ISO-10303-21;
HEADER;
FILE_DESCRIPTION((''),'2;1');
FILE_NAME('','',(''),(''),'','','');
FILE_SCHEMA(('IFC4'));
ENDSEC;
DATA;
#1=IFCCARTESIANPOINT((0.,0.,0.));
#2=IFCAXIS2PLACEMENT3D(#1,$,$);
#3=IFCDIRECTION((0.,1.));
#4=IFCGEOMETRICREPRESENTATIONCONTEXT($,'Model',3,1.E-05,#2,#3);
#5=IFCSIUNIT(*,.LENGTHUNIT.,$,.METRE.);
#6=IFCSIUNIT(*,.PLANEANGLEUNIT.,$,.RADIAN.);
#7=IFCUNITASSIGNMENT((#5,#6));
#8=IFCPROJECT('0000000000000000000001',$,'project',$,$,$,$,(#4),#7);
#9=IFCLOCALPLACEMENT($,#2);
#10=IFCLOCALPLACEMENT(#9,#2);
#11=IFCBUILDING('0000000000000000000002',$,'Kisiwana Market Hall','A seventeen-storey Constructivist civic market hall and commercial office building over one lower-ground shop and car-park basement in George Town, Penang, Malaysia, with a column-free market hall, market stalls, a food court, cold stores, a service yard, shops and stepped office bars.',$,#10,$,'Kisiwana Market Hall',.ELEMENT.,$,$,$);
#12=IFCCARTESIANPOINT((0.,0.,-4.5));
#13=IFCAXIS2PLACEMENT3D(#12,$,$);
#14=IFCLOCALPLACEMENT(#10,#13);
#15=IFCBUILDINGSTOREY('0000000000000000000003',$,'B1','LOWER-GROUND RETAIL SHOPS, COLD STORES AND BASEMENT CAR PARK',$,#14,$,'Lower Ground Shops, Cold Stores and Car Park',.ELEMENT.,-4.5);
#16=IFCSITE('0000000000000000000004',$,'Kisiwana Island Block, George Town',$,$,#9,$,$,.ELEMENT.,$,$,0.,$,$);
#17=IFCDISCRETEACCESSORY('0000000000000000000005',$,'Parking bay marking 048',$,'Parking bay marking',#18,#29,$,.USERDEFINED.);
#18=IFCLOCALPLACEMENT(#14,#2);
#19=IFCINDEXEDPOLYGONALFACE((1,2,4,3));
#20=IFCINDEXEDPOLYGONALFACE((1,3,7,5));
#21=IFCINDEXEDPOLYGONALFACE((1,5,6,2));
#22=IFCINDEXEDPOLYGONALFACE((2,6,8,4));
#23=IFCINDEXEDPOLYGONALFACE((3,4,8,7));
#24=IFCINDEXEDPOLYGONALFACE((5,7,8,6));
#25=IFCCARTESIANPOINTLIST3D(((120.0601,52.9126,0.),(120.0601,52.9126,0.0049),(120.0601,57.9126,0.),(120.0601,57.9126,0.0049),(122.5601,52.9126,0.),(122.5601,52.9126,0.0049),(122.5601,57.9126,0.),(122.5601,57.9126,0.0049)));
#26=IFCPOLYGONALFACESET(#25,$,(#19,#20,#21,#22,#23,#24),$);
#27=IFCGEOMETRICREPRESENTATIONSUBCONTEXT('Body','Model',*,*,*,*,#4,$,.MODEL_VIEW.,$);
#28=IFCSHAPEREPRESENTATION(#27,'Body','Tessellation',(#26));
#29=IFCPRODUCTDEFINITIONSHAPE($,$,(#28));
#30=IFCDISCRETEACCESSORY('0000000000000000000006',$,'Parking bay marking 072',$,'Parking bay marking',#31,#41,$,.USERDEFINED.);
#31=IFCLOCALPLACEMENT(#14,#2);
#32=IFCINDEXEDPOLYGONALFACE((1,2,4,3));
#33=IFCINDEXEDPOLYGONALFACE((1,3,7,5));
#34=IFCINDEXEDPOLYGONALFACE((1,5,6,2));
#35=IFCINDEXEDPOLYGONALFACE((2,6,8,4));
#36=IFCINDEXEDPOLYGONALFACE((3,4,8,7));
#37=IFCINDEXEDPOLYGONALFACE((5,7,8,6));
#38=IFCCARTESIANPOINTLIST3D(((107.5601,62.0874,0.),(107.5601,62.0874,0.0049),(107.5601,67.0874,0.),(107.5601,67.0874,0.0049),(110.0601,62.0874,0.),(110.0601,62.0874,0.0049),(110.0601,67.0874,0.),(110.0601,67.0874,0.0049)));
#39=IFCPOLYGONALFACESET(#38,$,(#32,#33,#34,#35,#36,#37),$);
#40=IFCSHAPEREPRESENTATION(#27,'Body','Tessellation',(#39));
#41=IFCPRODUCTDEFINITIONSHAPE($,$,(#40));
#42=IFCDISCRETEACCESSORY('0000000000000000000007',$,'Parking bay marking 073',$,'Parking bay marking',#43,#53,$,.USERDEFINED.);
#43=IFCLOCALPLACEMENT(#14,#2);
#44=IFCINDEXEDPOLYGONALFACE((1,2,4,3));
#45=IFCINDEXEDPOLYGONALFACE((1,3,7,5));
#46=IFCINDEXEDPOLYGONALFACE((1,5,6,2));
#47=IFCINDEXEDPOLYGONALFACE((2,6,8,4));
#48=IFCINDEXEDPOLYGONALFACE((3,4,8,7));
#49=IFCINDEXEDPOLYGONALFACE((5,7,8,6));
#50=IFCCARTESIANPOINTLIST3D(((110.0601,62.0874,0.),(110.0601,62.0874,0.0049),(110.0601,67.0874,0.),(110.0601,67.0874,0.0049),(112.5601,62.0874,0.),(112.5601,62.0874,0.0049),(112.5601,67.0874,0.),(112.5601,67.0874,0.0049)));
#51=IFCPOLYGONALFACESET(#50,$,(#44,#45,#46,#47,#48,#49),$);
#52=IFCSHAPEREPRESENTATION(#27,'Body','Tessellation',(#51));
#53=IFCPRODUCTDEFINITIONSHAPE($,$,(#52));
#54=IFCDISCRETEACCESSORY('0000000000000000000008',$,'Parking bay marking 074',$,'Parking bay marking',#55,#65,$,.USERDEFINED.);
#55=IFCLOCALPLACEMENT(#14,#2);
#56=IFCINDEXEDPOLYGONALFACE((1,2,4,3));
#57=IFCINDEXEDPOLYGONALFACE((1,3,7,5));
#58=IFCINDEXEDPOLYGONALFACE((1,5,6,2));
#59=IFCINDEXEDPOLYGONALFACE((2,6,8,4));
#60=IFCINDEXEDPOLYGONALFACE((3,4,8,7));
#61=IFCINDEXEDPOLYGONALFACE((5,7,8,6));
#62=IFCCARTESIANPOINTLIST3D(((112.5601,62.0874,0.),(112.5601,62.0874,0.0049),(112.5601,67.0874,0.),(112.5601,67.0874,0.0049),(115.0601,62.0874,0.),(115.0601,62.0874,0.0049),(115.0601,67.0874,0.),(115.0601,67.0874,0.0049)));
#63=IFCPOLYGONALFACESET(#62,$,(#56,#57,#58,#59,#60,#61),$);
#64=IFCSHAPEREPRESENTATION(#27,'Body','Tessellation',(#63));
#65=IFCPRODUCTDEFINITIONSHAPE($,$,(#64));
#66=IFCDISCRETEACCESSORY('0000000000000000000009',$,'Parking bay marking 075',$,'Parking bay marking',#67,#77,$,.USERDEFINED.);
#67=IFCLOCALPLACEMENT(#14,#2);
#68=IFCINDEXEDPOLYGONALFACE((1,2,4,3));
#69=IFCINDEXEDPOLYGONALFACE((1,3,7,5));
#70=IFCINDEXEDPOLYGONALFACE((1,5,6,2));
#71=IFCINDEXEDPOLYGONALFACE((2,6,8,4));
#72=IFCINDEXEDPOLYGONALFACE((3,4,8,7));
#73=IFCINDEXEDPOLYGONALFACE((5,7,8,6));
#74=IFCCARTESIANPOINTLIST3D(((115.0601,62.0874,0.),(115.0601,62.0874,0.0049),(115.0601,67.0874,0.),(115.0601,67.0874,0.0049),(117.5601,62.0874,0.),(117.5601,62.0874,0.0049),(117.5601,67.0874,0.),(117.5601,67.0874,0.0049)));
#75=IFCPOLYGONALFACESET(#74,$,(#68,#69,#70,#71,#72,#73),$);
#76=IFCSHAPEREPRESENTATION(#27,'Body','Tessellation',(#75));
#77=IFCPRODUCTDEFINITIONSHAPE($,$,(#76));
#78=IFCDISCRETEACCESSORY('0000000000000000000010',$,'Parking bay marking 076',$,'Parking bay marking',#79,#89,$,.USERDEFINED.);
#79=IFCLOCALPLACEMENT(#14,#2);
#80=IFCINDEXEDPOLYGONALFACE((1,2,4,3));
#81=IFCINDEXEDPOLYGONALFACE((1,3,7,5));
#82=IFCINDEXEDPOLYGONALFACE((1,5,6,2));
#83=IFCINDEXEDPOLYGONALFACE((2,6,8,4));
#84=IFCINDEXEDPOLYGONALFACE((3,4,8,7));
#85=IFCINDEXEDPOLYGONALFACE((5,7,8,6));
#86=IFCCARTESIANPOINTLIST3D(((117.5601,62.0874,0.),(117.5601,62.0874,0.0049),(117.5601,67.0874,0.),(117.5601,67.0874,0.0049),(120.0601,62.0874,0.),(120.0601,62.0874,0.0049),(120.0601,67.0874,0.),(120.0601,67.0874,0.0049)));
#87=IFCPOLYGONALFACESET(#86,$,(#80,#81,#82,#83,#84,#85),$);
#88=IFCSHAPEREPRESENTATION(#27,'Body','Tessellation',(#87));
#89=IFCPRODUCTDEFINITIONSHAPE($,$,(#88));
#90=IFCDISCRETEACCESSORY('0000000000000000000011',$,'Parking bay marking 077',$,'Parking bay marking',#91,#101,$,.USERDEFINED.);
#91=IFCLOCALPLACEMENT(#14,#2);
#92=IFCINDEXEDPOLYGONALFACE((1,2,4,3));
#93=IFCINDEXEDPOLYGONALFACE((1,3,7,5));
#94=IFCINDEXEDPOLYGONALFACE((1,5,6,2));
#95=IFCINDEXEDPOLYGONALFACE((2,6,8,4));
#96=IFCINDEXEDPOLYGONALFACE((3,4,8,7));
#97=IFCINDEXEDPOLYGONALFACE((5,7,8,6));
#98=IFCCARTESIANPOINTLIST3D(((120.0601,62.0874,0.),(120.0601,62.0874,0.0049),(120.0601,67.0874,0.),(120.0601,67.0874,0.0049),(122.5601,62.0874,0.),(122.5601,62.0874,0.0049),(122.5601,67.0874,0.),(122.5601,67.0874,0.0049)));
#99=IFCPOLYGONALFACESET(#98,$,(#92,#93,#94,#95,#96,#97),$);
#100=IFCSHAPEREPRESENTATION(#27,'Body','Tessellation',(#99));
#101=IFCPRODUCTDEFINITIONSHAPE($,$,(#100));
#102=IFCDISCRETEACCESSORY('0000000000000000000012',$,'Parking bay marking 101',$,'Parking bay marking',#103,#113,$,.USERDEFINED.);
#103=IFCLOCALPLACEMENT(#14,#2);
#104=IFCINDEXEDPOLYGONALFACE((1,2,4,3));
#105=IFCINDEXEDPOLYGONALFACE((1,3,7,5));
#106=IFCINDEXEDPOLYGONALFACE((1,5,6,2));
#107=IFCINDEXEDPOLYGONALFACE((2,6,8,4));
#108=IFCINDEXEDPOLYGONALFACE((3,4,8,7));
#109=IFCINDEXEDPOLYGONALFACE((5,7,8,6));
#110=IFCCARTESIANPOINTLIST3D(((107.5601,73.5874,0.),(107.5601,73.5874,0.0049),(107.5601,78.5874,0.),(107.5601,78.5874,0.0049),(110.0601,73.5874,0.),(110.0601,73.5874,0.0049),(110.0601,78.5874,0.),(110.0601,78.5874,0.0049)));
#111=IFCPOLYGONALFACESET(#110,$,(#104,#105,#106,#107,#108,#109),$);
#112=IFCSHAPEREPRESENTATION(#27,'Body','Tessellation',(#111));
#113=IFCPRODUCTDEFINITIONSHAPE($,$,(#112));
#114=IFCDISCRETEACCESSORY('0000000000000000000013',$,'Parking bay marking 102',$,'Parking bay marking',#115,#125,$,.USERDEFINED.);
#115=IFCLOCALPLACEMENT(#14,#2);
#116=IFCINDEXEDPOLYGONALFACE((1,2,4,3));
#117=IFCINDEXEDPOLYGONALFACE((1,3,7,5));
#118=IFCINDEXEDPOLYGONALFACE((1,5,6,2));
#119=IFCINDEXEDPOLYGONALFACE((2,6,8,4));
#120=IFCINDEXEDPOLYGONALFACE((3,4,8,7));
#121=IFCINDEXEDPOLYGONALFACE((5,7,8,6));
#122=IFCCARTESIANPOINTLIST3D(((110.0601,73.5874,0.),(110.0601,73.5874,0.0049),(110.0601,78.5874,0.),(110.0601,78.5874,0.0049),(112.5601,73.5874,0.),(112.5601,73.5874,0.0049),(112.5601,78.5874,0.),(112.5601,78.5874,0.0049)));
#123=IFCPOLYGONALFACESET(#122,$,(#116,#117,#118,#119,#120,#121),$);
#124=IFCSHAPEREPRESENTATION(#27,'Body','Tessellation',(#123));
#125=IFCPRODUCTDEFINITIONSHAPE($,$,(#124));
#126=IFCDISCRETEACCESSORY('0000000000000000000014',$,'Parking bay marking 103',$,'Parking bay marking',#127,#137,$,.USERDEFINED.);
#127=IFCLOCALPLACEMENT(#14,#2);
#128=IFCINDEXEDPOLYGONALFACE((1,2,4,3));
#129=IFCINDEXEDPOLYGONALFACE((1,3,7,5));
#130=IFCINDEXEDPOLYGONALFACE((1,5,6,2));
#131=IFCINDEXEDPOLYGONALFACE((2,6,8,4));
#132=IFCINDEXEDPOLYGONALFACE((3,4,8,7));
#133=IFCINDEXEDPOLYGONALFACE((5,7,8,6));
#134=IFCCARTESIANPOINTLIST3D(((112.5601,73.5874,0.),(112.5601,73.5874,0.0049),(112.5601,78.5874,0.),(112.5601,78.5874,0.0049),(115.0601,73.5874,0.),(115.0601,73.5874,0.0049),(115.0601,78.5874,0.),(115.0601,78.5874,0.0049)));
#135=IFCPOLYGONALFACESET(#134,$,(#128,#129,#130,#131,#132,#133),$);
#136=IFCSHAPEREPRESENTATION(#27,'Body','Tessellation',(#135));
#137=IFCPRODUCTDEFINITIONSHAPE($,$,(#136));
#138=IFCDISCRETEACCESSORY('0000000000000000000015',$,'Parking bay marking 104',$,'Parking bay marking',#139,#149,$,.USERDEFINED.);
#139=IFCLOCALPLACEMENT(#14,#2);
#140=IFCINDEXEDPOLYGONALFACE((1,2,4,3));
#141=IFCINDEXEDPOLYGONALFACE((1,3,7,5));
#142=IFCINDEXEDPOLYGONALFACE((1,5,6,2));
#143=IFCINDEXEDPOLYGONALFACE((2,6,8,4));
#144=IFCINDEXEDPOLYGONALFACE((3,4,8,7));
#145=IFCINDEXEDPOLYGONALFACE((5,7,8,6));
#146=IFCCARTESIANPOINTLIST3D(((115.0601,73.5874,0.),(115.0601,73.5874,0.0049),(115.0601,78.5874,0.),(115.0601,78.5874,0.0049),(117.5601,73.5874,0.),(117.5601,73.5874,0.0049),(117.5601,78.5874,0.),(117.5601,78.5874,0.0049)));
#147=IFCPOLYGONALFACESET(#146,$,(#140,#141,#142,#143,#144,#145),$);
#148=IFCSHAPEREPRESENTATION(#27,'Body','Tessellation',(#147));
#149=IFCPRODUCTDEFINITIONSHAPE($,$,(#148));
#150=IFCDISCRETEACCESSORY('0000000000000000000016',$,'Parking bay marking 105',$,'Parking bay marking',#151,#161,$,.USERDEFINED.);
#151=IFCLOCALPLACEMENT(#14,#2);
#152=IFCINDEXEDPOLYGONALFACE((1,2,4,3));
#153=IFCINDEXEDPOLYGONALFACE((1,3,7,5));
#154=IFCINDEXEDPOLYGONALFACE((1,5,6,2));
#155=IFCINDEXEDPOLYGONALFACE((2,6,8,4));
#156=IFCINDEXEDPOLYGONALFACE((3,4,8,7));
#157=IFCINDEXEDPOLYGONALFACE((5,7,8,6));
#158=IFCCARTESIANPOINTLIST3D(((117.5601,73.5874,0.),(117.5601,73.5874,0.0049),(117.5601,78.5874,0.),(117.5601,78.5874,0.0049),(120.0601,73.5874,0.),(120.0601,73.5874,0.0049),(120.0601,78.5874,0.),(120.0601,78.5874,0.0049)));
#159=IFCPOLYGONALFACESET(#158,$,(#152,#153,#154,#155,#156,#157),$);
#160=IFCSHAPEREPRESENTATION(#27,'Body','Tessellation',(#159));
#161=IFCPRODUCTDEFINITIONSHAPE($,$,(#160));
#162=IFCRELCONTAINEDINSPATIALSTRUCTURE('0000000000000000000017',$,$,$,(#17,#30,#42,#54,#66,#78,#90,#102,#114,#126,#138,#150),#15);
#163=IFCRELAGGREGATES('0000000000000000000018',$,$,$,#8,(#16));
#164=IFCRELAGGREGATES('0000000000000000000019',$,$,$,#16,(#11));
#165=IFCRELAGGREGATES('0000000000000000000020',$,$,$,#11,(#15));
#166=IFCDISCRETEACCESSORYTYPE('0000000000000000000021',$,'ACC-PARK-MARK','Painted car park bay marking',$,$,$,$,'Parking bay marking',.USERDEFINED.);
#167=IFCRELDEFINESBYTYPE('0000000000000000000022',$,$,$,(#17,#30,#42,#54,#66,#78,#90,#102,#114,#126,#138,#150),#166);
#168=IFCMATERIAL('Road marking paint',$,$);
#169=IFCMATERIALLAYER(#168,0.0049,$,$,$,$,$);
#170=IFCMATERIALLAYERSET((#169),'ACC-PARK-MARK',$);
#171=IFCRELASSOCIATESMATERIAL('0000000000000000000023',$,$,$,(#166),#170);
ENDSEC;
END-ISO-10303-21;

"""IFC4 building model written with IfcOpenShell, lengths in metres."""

from ifc_helpers import new_model, si_unit, direction, frame, origin, origin_2d, place, context, subcontext, project, spatial, rectangle, extrude, material, layer, layer_set, type_object, element, save


model = new_model("IFC4")

# Units and contexts
model_context = context("Model", 3, precision=1e-05, world=origin(), true_north=direction((0.0, 1.0)))
body_context = subcontext(model_context, "Body", "Model", "MODEL_VIEW")
ifc_project = project(units=[si_unit("LENGTHUNIT", "METRE"), si_unit("PLANEANGLEUNIT", "RADIAN")], contexts=[model_context])

# Site, building, storey
site_placement = place(None, origin())
site = spatial("IfcSite", under=ifc_project, at=site_placement, Name="Kisiwana Island Block, George Town", CompositionType="ELEMENT", RefElevation=0.0)
building_placement = place(site_placement, origin())
building = spatial("IfcBuilding", under=site, at=building_placement, Name="Kisiwana Market Hall", Description="A seventeen-storey Constructivist civic market hall and commercial office building over one lower-ground shop and car-park basement in George Town, Penang, Malaysia, with a column-free market hall, market stalls, a food court, cold stores, a service yard, shops and stepped office bars.", LongName="Kisiwana Market Hall", CompositionType="ELEMENT")
storey_placement = place(building_placement, frame((0.0, 0.0, -4.5)))
storey = spatial("IfcBuildingStorey", under=building, at=storey_placement, Name="B1", Description="LOWER-GROUND RETAIL SHOPS, COLD STORES AND BASEMENT CAR PARK", LongName="Lower Ground Shops, Cold Stores and Car Park", CompositionType="ELEMENT", Elevation=-4.5)

# Discrete accessories
ifc_material_1 = material(Name="Road marking paint")
ifc_layer_1 = layer(ifc_material_1, 0.0049)
ifc_layer_set_1 = layer_set([ifc_layer_1], Name="ACC-PARK-MARK")
discrete_accessory_type = type_object("IfcDiscreteAccessoryType", Name="ACC-PARK-MARK", Description="Painted car park bay marking", ElementType="Parking bay marking", PredefinedType="USERDEFINED", material=ifc_layer_set_1)
for number, where, z_axis, x_axis, name in (
    (1, (121.3101, 55.4126, 0.0), (0.0, 0.0, 1.0), (1.0, 0.0, 0.0), "Parking bay marking 048"),
    (2, (108.8101, 64.5874, 0.0), (0.0, 0.0, 1.0), (1.0, 0.0, 0.0), "Parking bay marking 072"),
    (3, (111.3101, 64.5874, 0.0), (0.0, 0.0, 1.0), (1.0, 0.0, 0.0), "Parking bay marking 073"),
    (4, (113.8101, 64.5874, 0.0), (0.0, 0.0, 1.0), (1.0, 0.0, 0.0), "Parking bay marking 074"),
    (5, (116.3101, 64.5874, 0.0), (0.0, 0.0, 1.0), (1.0, 0.0, 0.0), "Parking bay marking 075"),
    (6, (118.8101, 64.5874, 0.0), (0.0, 0.0, 1.0), (1.0, 0.0, 0.0), "Parking bay marking 076"),
    (7, (121.3101, 64.5874, 0.0), (0.0, 0.0, 1.0), (1.0, 0.0, 0.0), "Parking bay marking 077"),
    (8, (108.8101, 76.0874, 0.0), (0.0, 0.0, 1.0), (1.0, 0.0, 0.0), "Parking bay marking 101"),
    (9, (111.3101, 76.0874, 0.0), (0.0, 0.0, 1.0), (1.0, 0.0, 0.0), "Parking bay marking 102"),
    (10, (113.8101, 76.0874, 0.0), (0.0, 0.0, 1.0), (1.0, 0.0, 0.0), "Parking bay marking 103"),
    (11, (116.3101, 76.0874, 0.0), (0.0, 0.0, 1.0), (1.0, 0.0, 0.0), "Parking bay marking 104"),
    (12, (118.8101, 76.0874, 0.0), (0.0, 0.0, 1.0), (1.0, 0.0, 0.0), "Parking bay marking 105"),
):
    element("IfcDiscreteAccessory", number, at=place(storey_placement, frame(where, z_axis=z_axis, x_axis=x_axis)), inside=storey, type_object=discrete_accessory_type, Name=name, ObjectType="Parking bay marking", PredefinedType="USERDEFINED", context=body_context, shape_type="SweptSolid", body=[
        extrude(rectangle(XDim=2.5, YDim=5.0, at=origin_2d()), origin(), (0.0, 0.0, 1.0), 0.0049),
    ])

save(model, "model.ifc")
